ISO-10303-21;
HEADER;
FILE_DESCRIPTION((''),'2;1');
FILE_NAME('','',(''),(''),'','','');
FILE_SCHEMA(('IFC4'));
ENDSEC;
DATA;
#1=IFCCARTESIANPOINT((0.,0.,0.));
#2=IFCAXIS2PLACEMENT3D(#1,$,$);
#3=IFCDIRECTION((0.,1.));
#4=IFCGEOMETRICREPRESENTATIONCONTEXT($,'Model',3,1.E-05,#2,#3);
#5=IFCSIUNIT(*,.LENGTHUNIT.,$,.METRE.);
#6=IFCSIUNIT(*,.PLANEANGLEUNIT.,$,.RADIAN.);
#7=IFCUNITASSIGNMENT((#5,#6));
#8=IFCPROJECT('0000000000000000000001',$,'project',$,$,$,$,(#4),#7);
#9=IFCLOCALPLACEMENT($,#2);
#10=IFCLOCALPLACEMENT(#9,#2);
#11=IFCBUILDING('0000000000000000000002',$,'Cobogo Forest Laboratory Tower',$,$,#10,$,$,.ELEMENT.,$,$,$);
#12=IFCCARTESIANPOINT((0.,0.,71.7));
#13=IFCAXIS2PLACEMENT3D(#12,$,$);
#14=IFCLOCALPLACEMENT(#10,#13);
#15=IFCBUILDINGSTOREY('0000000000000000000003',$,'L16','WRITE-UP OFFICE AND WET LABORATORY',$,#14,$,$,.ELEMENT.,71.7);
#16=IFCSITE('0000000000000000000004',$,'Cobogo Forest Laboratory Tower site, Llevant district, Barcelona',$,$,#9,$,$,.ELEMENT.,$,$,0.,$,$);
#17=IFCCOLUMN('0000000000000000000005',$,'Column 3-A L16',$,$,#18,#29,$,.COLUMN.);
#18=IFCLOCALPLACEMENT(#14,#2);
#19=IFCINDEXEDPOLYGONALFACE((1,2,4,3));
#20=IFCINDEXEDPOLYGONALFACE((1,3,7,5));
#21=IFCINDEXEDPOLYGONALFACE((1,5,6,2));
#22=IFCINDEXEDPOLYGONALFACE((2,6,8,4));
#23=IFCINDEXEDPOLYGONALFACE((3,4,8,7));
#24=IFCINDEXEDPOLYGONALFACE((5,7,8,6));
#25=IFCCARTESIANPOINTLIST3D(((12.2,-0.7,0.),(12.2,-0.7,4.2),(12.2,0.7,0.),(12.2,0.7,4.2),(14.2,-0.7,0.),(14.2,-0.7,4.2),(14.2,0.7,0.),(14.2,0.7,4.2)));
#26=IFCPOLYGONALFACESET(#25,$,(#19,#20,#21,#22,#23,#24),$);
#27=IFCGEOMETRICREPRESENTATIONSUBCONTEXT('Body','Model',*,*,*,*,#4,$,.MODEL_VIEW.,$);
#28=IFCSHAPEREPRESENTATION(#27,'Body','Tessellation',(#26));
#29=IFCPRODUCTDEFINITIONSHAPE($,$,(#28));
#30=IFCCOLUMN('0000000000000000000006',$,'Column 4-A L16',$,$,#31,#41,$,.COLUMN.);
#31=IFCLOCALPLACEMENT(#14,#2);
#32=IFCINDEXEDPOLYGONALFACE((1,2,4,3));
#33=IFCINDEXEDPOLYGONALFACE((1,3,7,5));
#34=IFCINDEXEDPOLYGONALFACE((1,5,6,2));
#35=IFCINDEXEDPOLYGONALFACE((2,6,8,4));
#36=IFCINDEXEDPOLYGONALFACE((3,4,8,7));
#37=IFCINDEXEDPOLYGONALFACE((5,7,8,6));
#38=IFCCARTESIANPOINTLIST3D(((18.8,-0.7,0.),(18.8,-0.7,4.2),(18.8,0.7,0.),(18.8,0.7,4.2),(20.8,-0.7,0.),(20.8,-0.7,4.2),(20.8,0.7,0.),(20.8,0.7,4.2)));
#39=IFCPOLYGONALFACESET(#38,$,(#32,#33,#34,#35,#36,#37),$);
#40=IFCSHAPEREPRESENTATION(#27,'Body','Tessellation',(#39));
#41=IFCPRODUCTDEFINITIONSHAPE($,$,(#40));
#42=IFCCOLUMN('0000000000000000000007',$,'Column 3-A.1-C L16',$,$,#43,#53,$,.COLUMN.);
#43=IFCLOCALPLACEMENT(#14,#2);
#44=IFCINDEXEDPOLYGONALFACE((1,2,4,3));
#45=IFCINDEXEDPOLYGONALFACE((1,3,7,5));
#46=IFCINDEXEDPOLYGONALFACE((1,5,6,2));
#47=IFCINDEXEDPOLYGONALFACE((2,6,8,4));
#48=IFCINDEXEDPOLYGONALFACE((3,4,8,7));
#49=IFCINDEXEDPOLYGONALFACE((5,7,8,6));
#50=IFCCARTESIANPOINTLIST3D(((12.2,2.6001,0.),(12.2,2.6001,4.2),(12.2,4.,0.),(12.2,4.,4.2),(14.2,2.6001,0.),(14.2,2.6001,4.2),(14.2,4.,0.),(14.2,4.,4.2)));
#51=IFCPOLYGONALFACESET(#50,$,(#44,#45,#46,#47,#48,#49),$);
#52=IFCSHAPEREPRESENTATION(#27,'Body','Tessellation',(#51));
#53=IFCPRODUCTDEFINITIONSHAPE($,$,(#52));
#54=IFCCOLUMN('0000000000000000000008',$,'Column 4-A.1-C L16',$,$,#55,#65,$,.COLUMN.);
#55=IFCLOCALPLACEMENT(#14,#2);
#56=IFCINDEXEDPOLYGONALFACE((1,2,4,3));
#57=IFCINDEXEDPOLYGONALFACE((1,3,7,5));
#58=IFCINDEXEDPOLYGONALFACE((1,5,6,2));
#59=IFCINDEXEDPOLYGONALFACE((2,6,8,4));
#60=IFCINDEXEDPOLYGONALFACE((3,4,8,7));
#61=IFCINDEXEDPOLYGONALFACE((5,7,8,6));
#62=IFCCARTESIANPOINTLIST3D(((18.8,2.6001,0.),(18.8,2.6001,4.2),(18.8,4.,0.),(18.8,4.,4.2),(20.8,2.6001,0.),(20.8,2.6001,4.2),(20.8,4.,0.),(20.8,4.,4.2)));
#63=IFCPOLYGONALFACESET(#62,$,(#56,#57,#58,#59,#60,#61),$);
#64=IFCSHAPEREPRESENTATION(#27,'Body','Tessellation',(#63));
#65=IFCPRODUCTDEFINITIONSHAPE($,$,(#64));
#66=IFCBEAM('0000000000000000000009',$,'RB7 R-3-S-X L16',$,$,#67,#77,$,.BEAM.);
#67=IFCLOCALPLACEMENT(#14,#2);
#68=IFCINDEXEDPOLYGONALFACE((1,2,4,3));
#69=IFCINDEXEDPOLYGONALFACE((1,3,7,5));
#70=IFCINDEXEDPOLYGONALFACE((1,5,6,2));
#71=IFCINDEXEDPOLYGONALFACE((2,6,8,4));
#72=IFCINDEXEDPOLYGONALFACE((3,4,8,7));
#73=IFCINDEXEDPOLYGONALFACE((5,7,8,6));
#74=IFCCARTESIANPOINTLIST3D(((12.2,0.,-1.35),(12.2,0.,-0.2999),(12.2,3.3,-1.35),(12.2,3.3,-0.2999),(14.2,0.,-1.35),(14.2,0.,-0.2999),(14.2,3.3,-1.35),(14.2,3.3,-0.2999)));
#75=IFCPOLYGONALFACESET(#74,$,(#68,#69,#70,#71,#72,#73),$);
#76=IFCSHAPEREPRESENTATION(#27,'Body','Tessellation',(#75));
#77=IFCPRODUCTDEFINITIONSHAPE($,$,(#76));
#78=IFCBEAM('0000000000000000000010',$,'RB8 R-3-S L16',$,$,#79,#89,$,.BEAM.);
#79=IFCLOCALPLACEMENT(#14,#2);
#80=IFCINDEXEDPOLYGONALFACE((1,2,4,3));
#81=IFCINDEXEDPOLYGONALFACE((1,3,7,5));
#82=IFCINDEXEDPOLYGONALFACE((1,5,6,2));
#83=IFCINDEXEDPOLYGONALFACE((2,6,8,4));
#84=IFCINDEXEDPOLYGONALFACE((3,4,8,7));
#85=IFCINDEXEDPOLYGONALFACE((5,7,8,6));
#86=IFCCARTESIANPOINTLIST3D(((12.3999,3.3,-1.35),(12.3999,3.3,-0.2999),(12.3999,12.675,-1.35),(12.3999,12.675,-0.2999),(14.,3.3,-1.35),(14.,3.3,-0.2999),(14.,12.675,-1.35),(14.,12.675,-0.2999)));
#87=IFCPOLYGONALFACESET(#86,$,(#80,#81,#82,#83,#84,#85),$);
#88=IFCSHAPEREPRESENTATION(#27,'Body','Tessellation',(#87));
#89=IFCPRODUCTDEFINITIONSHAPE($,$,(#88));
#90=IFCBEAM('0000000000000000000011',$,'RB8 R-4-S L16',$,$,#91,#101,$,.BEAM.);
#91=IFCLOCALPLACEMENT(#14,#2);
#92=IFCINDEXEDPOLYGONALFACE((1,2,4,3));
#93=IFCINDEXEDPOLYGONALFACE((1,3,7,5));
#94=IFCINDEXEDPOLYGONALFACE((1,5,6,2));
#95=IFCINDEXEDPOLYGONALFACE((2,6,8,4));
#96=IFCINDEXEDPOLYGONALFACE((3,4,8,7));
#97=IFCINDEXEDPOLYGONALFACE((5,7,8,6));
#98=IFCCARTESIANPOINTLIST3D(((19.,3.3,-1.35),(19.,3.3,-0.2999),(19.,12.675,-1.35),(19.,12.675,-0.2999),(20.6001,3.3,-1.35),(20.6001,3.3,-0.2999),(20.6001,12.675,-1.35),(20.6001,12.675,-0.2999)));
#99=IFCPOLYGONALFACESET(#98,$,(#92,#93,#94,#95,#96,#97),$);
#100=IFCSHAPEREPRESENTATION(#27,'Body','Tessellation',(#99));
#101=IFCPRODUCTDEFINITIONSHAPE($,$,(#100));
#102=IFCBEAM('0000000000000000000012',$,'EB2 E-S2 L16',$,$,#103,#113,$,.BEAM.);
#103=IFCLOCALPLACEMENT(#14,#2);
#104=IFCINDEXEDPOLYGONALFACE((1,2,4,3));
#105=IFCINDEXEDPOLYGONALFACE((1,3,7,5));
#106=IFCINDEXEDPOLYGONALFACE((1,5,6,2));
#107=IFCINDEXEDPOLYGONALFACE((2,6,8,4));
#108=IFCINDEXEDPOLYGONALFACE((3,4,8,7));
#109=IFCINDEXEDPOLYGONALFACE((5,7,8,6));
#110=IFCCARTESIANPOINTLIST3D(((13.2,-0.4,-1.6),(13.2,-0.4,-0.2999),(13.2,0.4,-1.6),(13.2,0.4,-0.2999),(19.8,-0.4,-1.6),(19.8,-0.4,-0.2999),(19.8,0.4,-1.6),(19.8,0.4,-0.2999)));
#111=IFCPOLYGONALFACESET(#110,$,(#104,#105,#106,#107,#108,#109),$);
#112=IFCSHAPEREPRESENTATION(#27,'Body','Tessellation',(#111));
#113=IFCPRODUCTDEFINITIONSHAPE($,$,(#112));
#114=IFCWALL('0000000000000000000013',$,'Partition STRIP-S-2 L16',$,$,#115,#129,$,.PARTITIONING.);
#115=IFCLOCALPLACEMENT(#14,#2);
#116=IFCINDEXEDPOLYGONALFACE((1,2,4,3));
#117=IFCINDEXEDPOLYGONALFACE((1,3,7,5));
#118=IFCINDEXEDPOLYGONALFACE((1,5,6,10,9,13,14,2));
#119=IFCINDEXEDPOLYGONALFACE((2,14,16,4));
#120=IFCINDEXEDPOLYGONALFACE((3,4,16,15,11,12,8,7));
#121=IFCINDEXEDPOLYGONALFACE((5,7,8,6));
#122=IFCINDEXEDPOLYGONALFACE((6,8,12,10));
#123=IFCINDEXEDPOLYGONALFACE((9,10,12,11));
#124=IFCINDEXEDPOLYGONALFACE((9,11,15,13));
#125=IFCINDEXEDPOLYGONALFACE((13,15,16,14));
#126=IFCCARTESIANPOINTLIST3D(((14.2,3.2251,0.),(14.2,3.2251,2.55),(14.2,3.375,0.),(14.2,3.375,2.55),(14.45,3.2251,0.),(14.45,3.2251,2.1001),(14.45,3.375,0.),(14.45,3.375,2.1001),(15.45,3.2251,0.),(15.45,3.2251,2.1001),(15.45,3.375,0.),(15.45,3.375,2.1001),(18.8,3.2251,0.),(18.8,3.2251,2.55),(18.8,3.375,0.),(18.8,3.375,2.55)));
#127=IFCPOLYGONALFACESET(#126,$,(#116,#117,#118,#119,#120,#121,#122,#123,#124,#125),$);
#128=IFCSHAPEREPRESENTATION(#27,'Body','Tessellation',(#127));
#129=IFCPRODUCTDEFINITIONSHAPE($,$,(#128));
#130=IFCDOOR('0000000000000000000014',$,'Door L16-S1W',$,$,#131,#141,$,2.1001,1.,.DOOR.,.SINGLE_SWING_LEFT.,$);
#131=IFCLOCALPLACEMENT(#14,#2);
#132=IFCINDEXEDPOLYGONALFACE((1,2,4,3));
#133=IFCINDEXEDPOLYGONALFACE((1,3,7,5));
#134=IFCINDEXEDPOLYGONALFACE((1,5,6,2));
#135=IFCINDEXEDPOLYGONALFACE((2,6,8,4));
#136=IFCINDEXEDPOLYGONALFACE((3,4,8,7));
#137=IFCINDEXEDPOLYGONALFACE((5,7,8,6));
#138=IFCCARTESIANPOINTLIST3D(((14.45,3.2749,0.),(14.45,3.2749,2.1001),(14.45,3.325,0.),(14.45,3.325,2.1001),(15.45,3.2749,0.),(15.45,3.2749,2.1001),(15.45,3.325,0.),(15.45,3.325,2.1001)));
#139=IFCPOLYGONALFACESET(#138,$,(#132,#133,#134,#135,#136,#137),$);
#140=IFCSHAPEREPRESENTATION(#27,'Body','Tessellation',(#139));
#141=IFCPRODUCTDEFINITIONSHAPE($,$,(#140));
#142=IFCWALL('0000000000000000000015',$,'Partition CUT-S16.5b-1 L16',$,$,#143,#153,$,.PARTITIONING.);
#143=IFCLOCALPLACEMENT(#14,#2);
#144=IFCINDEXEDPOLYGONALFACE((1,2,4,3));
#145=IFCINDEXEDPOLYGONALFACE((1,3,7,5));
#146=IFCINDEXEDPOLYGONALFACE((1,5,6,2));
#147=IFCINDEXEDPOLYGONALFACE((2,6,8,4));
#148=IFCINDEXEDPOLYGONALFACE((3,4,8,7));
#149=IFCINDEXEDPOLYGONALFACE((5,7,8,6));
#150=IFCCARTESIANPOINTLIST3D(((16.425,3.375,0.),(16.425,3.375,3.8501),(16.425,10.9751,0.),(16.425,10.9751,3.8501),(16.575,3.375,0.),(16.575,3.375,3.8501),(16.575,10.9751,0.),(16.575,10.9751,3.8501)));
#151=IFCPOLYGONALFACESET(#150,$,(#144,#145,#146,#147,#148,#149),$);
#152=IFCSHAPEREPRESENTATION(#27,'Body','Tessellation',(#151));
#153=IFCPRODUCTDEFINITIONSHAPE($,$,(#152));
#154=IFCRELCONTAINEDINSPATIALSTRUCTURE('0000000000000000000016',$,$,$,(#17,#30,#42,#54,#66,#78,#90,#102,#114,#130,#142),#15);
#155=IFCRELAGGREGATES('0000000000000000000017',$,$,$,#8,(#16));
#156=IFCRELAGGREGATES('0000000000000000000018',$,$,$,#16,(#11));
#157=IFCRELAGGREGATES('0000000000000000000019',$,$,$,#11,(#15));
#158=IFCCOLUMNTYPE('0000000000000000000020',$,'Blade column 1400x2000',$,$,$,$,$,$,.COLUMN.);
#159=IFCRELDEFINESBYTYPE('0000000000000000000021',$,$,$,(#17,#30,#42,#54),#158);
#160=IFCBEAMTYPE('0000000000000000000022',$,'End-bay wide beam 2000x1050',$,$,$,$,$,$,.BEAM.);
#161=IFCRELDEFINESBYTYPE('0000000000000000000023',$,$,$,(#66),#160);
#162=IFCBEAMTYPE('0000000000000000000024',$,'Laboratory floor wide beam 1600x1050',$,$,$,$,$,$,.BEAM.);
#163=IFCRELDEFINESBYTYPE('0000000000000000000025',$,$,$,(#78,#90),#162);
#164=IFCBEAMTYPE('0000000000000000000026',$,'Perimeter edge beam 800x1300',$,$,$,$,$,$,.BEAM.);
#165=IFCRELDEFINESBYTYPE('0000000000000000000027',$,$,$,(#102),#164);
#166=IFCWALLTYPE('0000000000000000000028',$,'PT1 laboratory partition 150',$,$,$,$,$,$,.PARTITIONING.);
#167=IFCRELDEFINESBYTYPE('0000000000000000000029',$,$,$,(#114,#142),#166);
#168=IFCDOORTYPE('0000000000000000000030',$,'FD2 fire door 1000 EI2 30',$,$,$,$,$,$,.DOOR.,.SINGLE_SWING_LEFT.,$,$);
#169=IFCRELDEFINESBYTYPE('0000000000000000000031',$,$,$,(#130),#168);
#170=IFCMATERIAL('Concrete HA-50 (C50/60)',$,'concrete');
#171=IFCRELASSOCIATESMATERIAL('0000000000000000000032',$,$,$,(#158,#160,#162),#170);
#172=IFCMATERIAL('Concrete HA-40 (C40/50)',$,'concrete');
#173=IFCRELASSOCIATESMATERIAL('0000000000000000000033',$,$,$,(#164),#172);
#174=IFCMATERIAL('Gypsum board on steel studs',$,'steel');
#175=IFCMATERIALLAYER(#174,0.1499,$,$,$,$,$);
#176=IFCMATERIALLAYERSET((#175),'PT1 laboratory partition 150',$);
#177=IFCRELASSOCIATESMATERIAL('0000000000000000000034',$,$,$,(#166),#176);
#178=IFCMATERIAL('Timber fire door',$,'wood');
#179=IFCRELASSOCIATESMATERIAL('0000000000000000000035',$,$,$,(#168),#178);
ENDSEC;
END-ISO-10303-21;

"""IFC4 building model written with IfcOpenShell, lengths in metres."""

from ifc_helpers import new_model, si_unit, direction, frame, frame_2d, origin, origin_2d, place, context, subcontext, project, spatial, rectangle, extrude, material, layer, layer_set, material_profile, profile_set, type_object, element, fill, save


model = new_model("IFC4")

# Units and contexts
model_context = context("Model", 3, precision=1e-05, world=origin(), true_north=direction((0.0, 1.0)))
body_context = subcontext(model_context, "Body", "Model", "MODEL_VIEW")
ifc_project = project(units=[si_unit("LENGTHUNIT", "METRE"), si_unit("PLANEANGLEUNIT", "RADIAN")], contexts=[model_context])

# Site, building, storey
site_placement = place(None, origin())
site = spatial("IfcSite", under=ifc_project, at=site_placement, Name="Cobogo Forest Laboratory Tower site, Llevant district, Barcelona", CompositionType="ELEMENT", RefElevation=0.0)
building_placement = place(site_placement, origin())
building = spatial("IfcBuilding", under=site, at=building_placement, Name="Cobogo Forest Laboratory Tower", CompositionType="ELEMENT")
storey_placement = place(building_placement, frame((0.0, 0.0, 71.7)))
storey = spatial("IfcBuildingStorey", under=building, at=storey_placement, Name="L16", Description="WRITE-UP OFFICE AND WET LABORATORY", CompositionType="ELEMENT", Elevation=71.7)

# Columns
ifc_material_1 = material(Name="Concrete HA-50 (C50/60)", Category="concrete")
ifc_material_profile_1 = material_profile(ifc_material_1, rectangle(XDim=2.0, YDim=1.3999, at=origin_2d()), Name="RC 1400x2000")
ifc_profile_set_1 = profile_set([ifc_material_profile_1], Name="Concrete HA-50 (C50/60)")
column_type = type_object("IfcColumnType", Name="Blade column 1400x2000", PredefinedType="COLUMN", material=ifc_profile_set_1)
for number, where, z_axis, x_axis, name in (
    (1, (13.2, 0.0, 0.0), (0.0, 0.0, 1.0), (1.0, 0.0, 0.0), "Column 3-A L16"),
    (2, (19.8, 0.0, 0.0), (0.0, 0.0, 1.0), (1.0, 0.0, 0.0), "Column 4-A L16"),
    (3, (13.2, 3.3, 0.0), (0.0, 0.0, 1.0), (1.0, 0.0, 0.0), "Column 3-A.1-C L16"),
    (4, (19.8, 3.3, 0.0), (0.0, 0.0, 1.0), (1.0, 0.0, 0.0), "Column 4-A.1-C L16"),
):
    element("IfcColumn", number, at=place(storey_placement, frame(where, z_axis=z_axis, x_axis=x_axis)), inside=storey, type_object=column_type, Name=name, PredefinedType="COLUMN", context=body_context, shape_type="SweptSolid", body=[
        extrude(rectangle(XDim=2.0, YDim=1.3999, at=origin_2d()), origin(), (0.0, 0.0, 1.0), 4.2),
    ])

# Beams
ifc_material_profile_2 = material_profile(ifc_material_1, rectangle(XDim=2.0, YDim=1.05, at=origin_2d()), Name="RC 2000x1050")
ifc_profile_set_2 = profile_set([ifc_material_profile_2], Name="Concrete HA-50 (C50/60)")
beam_type_1 = type_object("IfcBeamType", Name="End-bay wide beam 2000x1050", PredefinedType="BEAM", material=ifc_profile_set_2)
beam_1_placement = place(storey_placement, frame((13.2, 0.0, -0.825), z_axis=(0.0, 1.0, 0.0), x_axis=(-1.0, 0.0, 0.0)))
element("IfcBeam", 5, at=beam_1_placement, inside=storey, type_object=beam_type_1, Name="RB7 R-3-S-X L16", PredefinedType="BEAM", context=body_context, shape_type="SweptSolid", body=[
    extrude(rectangle(XDim=2.0, YDim=1.05, at=origin_2d()), origin(), (0.0, 0.0, 1.0), 3.3),
])
ifc_material_profile_3 = material_profile(ifc_material_1, rectangle(XDim=1.6001, YDim=1.05, at=origin_2d()), Name="RC 1600x1050")
ifc_profile_set_3 = profile_set([ifc_material_profile_3], Name="Concrete HA-50 (C50/60)")
beam_type_2 = type_object("IfcBeamType", Name="Laboratory floor wide beam 1600x1050", PredefinedType="BEAM", material=ifc_profile_set_3)
for number, where, z_axis, x_axis, name in (
    (6, (13.2, 12.675, -0.825), (0.0, -1.0, 0.0), (1.0, 0.0, 0.0), "RB8 R-3-S L16"),
    (7, (19.8, 12.675, -0.825), (0.0, -1.0, 0.0), (1.0, 0.0, 0.0), "RB8 R-4-S L16"),
):
    element("IfcBeam", number, at=place(storey_placement, frame(where, z_axis=z_axis, x_axis=x_axis)), inside=storey, type_object=beam_type_2, Name=name, PredefinedType="BEAM", context=body_context, shape_type="SweptSolid", body=[
        extrude(rectangle(XDim=1.6001, YDim=1.05, at=origin_2d()), origin(), (0.0, 0.0, 1.0), 9.375),
    ])
ifc_material_2 = material(Name="Concrete HA-40 (C40/50)", Category="concrete")
ifc_material_profile_4 = material_profile(ifc_material_2, rectangle(XDim=0.8, YDim=1.3, at=origin_2d()), Name="RC 800x1300")
ifc_profile_set_4 = profile_set([ifc_material_profile_4], Name="Concrete HA-40 (C40/50)")
beam_type_3 = type_object("IfcBeamType", Name="Perimeter edge beam 800x1300", PredefinedType="BEAM", material=ifc_profile_set_4)
beam_2_placement = place(storey_placement, frame((13.2, 0.0, -0.95), z_axis=(1.0, 0.0, 0.0), x_axis=(0.0, 1.0, 0.0)))
element("IfcBeam", 8, at=beam_2_placement, inside=storey, type_object=beam_type_3, Name="EB2 E-S2 L16", PredefinedType="BEAM", context=body_context, shape_type="SweptSolid", body=[
    extrude(rectangle(XDim=0.8, YDim=1.3, at=origin_2d()), origin(), (0.0, 0.0, 1.0), 6.6001),
])

# Wall, opening, door
ifc_material_3 = material(Name="Gypsum board on steel studs", Category="steel")
ifc_layer = layer(ifc_material_3, 0.1499)
ifc_layer_set = layer_set([ifc_layer], Name="PT1 laboratory partition 150")
wall_type = type_object("IfcWallType", Name="PT1 laboratory partition 150", PredefinedType="PARTITIONING", material=ifc_layer_set)
wall_1_placement = place(storey_placement, frame((14.2, 3.3, 0.0), z_axis=(0.0, 0.0, 1.0), x_axis=(1.0, 0.0, 0.0)))
wall_1 = element("IfcWall", 9, at=wall_1_placement, inside=storey, type_object=wall_type, Name="Partition STRIP-S-2 L16", PredefinedType="PARTITIONING", context=body_context, shape_type="SweptSolid", body=[
    extrude(rectangle(XDim=4.6001, YDim=0.1499, at=frame_2d((2.3, 0.0))), origin(), (0.0, 0.0, 1.0), 2.55),
])
opening_placement = place(wall_1_placement, frame((0.25, 0.0, 0.0)))
opening = element("IfcOpeningElement", 10, at=opening_placement, cuts=wall_1, PredefinedType="OPENING", context=body_context, shape_type="SweptSolid", body=[
    extrude(rectangle(XDim=1.0, YDim=2.1001, at=frame_2d((0.5, 1.05))), frame((0.0, 0.085, 0.0), z_axis=(0.0, -1.0, 0.0), x_axis=(1.0, 0.0, 0.0)), (0.0, 0.0, 1.0), 0.1699),
])
ifc_material_4 = material(Name="Timber fire door", Category="wood")
door_type = type_object("IfcDoorType", Name="FD2 fire door 1000 EI2 30", OperationType="SINGLE_SWING_LEFT", PredefinedType="DOOR", material=ifc_material_4)
door_placement = place(opening_placement, origin())
door = element("IfcDoor", 11, at=door_placement, inside=storey, type_object=door_type, Name="Door L16-S1W", OperationType="SINGLE_SWING_LEFT", OverallHeight=2.1001, OverallWidth=1.0, PredefinedType="DOOR", context=body_context, shape_type="SweptSolid", body=[
    extrude(rectangle(XDim=1.0, YDim=2.1001, at=frame_2d((0.5, 1.05))), frame((0.0, 0.0249, 0.0), z_axis=(0.0, -1.0, 0.0), x_axis=(1.0, 0.0, 0.0)), (0.0, 0.0, 1.0), 0.05),
])
fill(opening, door)

# Wall
wall_2_placement = place(storey_placement, frame((16.5, 3.375, 0.0), z_axis=(0.0, 0.0, 1.0), x_axis=(0.0, 1.0, 0.0)))
element("IfcWall", 12, at=wall_2_placement, inside=storey, type_object=wall_type, Name="Partition CUT-S16.5b-1 L16", PredefinedType="PARTITIONING", context=body_context, shape_type="SweptSolid", body=[
    extrude(rectangle(XDim=7.6001, YDim=0.1499, at=frame_2d((3.8, 0.0))), origin(), (0.0, 0.0, 1.0), 3.8501),
])

save(model, "model.ifc")
